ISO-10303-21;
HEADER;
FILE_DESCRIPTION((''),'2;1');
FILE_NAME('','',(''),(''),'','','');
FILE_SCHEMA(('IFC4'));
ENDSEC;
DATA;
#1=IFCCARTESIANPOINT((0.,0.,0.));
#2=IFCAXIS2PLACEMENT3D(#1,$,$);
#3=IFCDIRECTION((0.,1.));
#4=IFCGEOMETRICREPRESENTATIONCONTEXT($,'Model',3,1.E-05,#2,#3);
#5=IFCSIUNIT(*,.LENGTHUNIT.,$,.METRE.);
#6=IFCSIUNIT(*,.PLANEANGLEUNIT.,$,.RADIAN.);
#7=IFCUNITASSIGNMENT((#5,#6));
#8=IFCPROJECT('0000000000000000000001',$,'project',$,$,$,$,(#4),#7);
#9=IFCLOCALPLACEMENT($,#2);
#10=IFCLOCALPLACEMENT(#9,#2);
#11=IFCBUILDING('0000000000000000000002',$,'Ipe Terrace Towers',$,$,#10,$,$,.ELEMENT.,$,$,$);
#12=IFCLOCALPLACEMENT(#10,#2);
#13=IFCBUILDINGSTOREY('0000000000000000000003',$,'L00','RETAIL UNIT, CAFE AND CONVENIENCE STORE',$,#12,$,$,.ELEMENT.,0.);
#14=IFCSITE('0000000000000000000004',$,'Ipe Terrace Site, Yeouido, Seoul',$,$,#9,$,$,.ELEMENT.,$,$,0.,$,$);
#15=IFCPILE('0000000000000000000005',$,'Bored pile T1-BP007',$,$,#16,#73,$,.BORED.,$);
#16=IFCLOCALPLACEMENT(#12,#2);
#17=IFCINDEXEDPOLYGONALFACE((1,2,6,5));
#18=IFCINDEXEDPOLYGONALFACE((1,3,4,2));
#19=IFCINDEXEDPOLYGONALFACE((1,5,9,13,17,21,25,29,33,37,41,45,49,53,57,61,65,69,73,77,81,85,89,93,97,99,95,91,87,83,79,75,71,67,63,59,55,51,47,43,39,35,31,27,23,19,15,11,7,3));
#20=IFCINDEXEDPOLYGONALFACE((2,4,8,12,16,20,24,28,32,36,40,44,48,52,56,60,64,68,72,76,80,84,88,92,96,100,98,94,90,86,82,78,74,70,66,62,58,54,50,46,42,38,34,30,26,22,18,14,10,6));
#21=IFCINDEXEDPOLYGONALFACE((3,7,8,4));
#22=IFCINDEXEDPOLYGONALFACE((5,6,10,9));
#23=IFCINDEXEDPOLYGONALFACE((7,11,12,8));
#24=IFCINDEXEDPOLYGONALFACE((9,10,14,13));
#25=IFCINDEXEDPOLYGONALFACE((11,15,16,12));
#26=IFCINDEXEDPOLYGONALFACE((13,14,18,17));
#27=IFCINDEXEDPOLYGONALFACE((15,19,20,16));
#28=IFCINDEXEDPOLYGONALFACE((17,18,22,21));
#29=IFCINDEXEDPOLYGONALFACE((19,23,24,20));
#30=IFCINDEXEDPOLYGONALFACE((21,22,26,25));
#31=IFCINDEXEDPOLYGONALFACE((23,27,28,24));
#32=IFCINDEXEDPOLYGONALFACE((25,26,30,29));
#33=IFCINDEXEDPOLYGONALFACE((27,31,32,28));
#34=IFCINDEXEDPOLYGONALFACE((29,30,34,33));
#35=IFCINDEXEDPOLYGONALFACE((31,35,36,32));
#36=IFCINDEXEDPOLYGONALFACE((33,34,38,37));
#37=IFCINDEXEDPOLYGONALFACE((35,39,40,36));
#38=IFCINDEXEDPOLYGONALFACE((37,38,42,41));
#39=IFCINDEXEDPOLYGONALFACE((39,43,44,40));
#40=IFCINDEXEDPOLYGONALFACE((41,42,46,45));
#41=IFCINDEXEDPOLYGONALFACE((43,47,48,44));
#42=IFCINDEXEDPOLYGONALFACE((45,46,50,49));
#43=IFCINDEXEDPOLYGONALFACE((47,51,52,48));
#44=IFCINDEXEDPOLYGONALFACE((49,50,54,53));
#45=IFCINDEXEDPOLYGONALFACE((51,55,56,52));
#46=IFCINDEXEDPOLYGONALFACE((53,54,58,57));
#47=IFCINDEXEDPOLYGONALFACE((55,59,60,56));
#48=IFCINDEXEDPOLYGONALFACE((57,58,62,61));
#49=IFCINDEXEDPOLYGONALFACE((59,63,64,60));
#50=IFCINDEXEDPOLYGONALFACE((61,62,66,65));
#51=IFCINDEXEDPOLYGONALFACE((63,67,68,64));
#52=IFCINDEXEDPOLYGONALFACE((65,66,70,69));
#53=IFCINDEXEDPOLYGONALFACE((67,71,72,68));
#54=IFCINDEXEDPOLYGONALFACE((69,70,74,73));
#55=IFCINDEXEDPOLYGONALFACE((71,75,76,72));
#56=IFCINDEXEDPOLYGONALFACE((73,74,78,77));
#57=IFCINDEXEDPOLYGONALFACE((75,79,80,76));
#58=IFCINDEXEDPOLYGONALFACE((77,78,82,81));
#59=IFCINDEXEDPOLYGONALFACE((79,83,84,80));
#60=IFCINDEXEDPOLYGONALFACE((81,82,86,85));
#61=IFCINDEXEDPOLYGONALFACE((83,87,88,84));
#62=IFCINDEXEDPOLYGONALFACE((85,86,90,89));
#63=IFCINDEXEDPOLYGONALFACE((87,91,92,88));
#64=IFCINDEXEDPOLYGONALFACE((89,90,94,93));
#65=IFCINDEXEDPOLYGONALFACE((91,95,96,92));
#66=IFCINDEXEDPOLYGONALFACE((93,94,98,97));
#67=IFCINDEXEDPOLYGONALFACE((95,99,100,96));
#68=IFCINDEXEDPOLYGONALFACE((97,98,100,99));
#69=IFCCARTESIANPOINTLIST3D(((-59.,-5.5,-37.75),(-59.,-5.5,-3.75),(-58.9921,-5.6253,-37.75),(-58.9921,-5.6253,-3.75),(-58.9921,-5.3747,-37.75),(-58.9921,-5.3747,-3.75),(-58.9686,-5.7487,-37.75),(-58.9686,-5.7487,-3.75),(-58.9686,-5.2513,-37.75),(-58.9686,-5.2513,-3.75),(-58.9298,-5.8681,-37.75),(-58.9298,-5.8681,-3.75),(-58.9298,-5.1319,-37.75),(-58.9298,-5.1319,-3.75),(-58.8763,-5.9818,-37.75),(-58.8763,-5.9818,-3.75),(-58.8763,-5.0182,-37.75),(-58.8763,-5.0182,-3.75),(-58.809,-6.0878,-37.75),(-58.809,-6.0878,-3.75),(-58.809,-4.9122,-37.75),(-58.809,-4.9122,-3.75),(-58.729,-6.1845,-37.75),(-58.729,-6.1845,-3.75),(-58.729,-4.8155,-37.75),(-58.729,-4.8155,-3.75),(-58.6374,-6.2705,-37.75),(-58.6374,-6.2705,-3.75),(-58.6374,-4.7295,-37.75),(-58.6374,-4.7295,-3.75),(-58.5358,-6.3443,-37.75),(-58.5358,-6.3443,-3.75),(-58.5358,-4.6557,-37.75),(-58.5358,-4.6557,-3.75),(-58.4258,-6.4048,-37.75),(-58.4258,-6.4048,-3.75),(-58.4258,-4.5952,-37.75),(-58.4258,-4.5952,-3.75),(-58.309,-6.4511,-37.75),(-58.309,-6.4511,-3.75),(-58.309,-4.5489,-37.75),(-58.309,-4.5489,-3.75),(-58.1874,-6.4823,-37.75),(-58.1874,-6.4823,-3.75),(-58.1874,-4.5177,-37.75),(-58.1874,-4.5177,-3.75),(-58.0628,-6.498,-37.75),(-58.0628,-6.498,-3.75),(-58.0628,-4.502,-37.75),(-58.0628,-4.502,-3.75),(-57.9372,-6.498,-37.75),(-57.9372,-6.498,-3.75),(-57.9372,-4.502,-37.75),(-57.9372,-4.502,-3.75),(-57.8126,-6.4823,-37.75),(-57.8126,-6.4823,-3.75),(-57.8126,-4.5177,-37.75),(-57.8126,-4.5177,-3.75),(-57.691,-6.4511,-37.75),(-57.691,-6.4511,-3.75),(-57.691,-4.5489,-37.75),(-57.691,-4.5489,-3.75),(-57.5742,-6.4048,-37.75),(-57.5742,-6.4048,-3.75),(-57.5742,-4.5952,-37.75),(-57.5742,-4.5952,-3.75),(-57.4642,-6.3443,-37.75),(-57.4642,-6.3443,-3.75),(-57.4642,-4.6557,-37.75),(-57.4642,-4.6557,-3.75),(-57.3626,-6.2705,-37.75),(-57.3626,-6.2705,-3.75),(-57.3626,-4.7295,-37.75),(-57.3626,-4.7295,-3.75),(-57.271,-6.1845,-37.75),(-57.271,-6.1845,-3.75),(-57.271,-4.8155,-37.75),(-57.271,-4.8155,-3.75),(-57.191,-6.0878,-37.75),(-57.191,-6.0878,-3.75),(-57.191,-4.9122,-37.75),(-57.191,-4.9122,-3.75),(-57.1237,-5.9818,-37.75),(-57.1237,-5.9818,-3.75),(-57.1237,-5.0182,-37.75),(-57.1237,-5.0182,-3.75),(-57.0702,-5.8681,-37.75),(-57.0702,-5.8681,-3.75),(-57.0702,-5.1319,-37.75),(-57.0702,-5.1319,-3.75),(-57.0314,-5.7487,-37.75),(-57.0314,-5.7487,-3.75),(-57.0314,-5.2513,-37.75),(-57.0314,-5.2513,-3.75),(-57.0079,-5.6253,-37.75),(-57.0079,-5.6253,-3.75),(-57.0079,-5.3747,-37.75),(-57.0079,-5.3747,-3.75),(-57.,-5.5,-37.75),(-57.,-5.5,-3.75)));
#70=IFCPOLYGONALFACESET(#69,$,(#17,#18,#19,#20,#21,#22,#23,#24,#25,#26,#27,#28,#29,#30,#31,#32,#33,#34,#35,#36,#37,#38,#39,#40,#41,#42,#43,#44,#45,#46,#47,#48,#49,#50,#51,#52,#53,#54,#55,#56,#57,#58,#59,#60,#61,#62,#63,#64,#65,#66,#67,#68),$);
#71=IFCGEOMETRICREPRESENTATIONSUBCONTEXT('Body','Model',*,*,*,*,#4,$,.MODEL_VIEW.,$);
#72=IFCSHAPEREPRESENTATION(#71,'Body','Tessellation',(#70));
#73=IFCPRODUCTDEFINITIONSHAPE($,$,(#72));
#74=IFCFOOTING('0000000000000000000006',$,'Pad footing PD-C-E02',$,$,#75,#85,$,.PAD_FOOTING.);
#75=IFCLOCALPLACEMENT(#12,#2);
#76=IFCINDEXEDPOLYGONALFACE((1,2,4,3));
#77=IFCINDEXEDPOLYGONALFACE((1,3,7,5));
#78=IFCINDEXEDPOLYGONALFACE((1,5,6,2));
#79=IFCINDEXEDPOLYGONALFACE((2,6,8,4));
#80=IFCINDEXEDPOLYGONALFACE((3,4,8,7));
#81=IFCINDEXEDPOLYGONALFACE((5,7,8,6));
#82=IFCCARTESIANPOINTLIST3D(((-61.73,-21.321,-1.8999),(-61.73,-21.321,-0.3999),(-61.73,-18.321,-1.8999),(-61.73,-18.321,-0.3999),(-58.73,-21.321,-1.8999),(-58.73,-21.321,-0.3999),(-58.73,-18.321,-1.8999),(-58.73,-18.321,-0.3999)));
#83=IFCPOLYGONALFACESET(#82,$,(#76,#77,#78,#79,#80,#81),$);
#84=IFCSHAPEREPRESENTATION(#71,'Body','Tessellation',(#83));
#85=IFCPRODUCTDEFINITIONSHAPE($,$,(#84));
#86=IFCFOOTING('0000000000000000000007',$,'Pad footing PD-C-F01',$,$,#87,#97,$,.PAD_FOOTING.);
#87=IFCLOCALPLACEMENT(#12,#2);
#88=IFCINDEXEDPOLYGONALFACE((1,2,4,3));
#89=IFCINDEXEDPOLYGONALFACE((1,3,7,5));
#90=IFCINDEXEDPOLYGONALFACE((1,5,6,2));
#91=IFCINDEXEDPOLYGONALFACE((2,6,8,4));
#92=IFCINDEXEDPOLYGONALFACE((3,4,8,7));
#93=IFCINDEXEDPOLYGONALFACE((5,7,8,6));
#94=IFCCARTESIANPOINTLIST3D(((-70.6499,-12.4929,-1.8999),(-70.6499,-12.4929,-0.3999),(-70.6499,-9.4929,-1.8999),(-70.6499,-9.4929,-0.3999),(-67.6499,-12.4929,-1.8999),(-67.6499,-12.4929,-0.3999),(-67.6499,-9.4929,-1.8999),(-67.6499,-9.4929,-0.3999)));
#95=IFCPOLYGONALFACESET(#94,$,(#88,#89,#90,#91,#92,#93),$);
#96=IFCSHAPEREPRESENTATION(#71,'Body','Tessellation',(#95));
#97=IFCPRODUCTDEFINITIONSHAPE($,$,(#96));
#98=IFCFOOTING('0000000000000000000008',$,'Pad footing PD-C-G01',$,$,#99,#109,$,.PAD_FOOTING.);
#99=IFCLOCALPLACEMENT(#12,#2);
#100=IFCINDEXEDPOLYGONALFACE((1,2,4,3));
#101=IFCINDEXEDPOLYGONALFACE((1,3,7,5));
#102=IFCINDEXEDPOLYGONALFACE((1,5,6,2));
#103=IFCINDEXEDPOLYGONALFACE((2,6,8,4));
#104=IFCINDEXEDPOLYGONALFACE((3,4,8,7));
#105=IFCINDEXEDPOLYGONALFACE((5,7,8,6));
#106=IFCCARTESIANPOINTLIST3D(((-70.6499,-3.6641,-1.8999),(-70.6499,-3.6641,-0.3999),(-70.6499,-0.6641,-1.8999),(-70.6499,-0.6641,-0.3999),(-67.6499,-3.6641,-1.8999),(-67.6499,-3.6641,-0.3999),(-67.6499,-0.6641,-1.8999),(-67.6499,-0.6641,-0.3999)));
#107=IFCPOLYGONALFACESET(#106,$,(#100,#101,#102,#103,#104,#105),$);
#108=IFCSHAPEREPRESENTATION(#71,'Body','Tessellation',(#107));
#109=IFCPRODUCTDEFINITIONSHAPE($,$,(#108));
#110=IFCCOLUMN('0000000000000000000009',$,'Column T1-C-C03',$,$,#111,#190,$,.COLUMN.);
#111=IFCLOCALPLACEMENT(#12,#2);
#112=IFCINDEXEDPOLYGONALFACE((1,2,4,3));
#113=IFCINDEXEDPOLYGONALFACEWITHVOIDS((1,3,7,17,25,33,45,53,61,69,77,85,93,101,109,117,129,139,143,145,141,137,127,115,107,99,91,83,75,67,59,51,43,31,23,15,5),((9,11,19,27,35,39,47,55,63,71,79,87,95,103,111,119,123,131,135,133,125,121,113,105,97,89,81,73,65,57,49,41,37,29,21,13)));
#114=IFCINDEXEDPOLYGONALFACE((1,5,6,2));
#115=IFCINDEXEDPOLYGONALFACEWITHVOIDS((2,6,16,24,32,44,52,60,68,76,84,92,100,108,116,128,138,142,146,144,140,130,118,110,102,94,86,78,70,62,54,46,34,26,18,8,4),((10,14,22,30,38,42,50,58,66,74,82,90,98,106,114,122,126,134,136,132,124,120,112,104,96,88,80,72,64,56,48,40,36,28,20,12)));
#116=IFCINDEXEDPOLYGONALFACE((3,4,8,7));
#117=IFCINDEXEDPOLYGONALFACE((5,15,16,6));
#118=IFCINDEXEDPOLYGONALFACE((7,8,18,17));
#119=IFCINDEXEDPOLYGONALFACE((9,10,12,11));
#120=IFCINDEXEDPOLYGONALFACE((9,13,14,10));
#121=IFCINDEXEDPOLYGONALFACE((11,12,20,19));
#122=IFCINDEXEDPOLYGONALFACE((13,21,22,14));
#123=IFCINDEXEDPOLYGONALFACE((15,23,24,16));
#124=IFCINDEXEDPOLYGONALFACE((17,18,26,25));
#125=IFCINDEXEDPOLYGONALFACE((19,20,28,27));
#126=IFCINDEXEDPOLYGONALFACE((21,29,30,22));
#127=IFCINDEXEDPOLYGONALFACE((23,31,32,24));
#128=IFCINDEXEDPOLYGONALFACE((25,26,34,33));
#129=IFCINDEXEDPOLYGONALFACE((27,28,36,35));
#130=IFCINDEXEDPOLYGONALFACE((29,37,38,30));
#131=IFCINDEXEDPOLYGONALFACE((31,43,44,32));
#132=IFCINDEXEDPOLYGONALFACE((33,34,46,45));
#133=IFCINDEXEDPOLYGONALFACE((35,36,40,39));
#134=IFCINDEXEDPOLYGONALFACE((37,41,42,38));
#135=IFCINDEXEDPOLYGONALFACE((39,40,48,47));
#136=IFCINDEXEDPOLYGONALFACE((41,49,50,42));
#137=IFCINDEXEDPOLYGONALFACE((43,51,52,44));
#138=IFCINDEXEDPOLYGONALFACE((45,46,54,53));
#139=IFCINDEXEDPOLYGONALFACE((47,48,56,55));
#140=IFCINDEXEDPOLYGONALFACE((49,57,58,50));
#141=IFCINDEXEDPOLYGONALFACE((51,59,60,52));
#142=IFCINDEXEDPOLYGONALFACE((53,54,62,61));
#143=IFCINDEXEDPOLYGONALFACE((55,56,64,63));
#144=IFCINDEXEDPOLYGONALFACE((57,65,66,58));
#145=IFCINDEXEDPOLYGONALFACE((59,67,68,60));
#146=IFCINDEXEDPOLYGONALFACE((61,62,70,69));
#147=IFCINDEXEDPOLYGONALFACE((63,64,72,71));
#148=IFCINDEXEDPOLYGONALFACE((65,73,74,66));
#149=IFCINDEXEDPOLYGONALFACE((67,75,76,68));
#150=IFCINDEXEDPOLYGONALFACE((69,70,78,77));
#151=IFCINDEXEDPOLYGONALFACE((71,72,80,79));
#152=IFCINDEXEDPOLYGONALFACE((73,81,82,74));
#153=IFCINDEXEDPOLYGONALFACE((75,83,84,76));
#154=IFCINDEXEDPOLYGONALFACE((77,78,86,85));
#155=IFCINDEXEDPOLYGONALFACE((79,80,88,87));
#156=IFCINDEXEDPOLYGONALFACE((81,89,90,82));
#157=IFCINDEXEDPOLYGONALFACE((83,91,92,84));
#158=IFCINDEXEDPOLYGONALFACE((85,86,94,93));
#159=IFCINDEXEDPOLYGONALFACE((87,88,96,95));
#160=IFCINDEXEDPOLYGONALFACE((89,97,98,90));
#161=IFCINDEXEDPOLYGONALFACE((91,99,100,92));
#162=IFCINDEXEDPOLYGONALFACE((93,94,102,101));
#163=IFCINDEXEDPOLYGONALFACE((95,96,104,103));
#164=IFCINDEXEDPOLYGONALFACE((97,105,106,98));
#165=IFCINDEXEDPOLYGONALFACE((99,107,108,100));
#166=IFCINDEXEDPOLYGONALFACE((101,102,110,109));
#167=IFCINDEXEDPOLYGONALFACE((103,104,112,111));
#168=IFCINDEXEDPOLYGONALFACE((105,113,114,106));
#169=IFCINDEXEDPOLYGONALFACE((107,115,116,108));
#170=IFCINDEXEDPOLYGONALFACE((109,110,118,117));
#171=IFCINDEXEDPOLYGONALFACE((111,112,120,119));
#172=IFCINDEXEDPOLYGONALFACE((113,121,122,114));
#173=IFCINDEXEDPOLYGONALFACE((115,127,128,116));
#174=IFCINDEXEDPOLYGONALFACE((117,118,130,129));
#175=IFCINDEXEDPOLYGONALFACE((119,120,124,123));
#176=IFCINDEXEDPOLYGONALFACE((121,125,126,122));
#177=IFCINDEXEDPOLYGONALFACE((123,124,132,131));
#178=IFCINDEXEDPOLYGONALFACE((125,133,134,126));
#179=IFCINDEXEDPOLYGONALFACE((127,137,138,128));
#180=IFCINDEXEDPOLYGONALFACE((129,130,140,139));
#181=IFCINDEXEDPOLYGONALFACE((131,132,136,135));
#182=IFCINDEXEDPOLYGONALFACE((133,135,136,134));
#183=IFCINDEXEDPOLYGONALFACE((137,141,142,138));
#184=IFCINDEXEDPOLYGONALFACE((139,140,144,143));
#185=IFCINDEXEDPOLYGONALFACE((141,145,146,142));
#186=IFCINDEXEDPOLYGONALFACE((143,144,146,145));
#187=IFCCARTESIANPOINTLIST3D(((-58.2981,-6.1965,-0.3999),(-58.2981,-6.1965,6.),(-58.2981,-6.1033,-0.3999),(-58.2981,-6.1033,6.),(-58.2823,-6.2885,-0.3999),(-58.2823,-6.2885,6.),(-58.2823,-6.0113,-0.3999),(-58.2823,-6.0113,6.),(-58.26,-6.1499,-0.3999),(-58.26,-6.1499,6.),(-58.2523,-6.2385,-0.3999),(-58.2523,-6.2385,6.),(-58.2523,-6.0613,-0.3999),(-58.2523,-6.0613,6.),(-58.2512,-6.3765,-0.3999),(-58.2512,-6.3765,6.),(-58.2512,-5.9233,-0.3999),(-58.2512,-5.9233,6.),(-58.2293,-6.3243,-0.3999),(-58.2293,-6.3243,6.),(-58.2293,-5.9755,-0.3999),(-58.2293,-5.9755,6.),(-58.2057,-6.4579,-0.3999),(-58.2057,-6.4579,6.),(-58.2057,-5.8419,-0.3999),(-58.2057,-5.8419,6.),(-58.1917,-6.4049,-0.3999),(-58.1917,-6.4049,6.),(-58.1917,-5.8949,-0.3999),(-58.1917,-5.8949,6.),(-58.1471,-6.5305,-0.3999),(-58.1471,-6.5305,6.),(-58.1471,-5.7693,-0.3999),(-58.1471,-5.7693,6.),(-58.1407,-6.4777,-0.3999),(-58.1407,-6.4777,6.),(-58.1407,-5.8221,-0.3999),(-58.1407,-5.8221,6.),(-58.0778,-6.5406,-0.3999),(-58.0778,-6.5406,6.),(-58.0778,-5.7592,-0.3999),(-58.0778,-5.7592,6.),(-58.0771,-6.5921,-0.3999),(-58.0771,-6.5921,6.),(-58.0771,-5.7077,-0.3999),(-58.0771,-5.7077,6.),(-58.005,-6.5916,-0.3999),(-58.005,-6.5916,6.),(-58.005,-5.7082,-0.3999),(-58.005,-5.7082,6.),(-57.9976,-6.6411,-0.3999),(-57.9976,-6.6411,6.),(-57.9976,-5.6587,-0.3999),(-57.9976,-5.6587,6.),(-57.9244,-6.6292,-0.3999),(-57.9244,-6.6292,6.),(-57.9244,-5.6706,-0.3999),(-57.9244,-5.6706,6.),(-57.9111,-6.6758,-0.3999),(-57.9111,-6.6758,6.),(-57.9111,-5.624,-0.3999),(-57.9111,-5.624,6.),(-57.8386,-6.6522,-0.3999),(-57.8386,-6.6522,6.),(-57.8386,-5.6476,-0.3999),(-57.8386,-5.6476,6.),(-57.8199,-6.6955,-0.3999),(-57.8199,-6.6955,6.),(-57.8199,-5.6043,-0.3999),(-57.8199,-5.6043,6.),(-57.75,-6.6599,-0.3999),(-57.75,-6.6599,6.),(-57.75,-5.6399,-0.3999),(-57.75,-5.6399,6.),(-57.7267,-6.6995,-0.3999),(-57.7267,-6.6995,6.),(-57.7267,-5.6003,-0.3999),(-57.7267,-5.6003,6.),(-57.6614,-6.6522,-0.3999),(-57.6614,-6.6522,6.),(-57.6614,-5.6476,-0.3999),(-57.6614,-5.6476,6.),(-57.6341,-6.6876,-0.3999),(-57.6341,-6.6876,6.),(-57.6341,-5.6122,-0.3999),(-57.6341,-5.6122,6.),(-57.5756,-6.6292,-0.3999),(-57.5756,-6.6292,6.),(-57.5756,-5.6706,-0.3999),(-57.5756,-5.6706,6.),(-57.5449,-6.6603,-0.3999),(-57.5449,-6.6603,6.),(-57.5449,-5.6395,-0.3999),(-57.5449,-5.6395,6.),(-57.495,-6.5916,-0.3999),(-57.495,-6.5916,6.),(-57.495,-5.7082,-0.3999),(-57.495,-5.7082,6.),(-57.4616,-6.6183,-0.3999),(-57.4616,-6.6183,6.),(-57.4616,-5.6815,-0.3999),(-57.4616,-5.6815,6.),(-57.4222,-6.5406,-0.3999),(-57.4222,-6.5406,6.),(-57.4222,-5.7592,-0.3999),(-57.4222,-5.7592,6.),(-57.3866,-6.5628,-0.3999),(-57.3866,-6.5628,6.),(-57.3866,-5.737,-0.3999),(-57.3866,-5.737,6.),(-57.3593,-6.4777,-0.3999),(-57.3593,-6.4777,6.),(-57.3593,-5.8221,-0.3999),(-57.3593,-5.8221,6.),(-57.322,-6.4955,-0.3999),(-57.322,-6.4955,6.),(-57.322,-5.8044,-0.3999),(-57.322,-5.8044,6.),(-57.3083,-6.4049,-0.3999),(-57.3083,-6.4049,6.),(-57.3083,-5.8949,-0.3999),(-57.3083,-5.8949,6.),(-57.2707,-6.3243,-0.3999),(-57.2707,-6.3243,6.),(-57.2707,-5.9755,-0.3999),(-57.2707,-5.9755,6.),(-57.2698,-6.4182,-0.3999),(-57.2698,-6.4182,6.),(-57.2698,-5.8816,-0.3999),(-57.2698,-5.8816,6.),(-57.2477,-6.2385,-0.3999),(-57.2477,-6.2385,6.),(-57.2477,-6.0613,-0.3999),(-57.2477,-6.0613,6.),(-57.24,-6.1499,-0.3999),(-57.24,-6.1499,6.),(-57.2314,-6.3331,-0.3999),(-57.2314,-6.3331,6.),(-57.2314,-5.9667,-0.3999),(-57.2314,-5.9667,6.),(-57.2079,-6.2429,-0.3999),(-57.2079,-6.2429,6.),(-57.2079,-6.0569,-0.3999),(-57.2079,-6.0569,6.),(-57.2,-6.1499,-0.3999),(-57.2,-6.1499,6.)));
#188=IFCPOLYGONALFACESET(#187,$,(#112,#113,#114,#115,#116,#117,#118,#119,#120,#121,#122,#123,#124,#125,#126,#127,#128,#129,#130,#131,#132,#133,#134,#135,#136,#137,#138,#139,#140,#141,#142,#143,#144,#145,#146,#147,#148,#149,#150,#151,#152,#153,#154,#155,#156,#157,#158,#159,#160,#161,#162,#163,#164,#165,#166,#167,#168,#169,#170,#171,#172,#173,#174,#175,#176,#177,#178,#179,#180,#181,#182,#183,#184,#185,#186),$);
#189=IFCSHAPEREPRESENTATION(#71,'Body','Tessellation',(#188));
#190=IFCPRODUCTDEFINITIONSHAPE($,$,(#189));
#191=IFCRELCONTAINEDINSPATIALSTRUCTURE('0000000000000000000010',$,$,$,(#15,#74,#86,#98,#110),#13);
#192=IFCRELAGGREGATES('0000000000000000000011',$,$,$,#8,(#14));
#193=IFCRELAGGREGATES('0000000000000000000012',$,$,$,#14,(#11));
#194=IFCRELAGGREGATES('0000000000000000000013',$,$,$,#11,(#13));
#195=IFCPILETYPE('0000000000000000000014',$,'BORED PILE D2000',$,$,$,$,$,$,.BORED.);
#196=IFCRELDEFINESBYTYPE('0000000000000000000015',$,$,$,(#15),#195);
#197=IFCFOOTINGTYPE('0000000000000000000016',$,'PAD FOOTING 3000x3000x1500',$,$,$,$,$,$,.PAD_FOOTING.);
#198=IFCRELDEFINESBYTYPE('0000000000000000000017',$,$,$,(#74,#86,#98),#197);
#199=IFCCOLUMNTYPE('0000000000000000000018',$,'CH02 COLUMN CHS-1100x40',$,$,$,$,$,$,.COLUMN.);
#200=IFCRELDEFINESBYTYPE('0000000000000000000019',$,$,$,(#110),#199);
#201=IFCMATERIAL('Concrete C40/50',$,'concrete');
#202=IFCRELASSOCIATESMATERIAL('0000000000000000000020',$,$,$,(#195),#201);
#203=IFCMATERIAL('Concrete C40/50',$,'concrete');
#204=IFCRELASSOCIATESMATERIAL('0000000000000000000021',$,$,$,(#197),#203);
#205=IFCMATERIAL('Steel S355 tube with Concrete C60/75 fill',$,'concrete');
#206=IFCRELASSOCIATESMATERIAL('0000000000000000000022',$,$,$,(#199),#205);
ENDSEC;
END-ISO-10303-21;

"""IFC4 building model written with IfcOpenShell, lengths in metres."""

from ifc_helpers import new_model, si_unit, direction, frame, origin, origin_2d, place, context, subcontext, project, spatial, rectangle, circle, hollow_circle, extrude, material, material_profile, profile_set, type_object, element, save


model = new_model("IFC4")

# Units and contexts
model_context = context("Model", 3, precision=1e-05, world=origin(), true_north=direction((0.0, 1.0)))
body_context = subcontext(model_context, "Body", "Model", "MODEL_VIEW")
ifc_project = project(units=[si_unit("LENGTHUNIT", "METRE"), si_unit("PLANEANGLEUNIT", "RADIAN")], contexts=[model_context])

# Site, building, storey
site_placement = place(None, origin())
site = spatial("IfcSite", under=ifc_project, at=site_placement, Name="Ipe Terrace Site, Yeouido, Seoul", CompositionType="ELEMENT", RefElevation=0.0)
building_placement = place(site_placement, origin())
building = spatial("IfcBuilding", under=site, at=building_placement, Name="Ipe Terrace Towers", CompositionType="ELEMENT")
storey_placement = place(building_placement, origin())
storey = spatial("IfcBuildingStorey", under=building, at=storey_placement, Name="L00", Description="RETAIL UNIT, CAFE AND CONVENIENCE STORE", CompositionType="ELEMENT", Elevation=0.0)

# Pile
ifc_material_1 = material(Name="Concrete C40/50", Category="concrete")
ifc_material_profile_1 = material_profile(ifc_material_1, circle(Radius=1.0, at=origin_2d()), Name="BORED PILE D2000")
ifc_profile_set_1 = profile_set([ifc_material_profile_1], Name="Concrete C40/50")
pile_type = type_object("IfcPileType", Name="BORED PILE D2000", PredefinedType="BORED", material=ifc_profile_set_1)
pile_placement = place(storey_placement, frame((-58.0, -5.5, -3.75), z_axis=(0.0, 0.0, -1.0), x_axis=(1.0, 0.0, 0.0)))
element("IfcPile", 1, at=pile_placement, inside=storey, type_object=pile_type, Name="Bored pile T1-BP007", PredefinedType="BORED", context=body_context, shape_type="SweptSolid", body=[
    extrude(circle(Radius=1.0, at=origin_2d()), origin(), (0.0, 0.0, 1.0), 34.0),
])

# Footings
ifc_material_2 = material(Name="Concrete C40/50", Category="concrete")
footing_type = type_object("IfcFootingType", Name="PAD FOOTING 3000x3000x1500", PredefinedType="PAD_FOOTING", material=ifc_material_2)
for number, where, z_axis, x_axis, name in (
    (2, (-60.23, -19.821, -1.8999), (0.0, 0.0, 1.0), (1.0, 0.0, 0.0), "Pad footing PD-C-E02"),
    (3, (-69.1499, -10.9929, -1.8999), (0.0, 0.0, 1.0), (1.0, 0.0, 0.0), "Pad footing PD-C-F01"),
    (4, (-69.1499, -2.1641, -1.8999), (0.0, 0.0, 1.0), (1.0, 0.0, 0.0), "Pad footing PD-C-G01"),
):
    element("IfcFooting", number, at=place(storey_placement, frame(where, z_axis=z_axis, x_axis=x_axis)), inside=storey, type_object=footing_type, Name=name, PredefinedType="PAD_FOOTING", context=body_context, shape_type="SweptSolid", body=[
        extrude(rectangle(XDim=3.0, YDim=3.0, at=origin_2d()), origin(), (0.0, 0.0, 1.0), 1.5),
    ])

# Column
ifc_material_3 = material(Name="Steel S355 tube with Concrete C60/75 fill", Category="concrete")
ifc_material_profile_2 = material_profile(ifc_material_3, hollow_circle(Radius=0.55, WallThickness=0.04, at=origin_2d()), Name="CHS-1100x40")
ifc_profile_set_2 = profile_set([ifc_material_profile_2], Name="Steel S355 tube with Concrete C60/75 fill")
column_type_1 = type_object("IfcColumnType", Name="CH02 COLUMN CHS-1100x40", PredefinedType="COLUMN", material=ifc_profile_set_2)
column_placement = place(storey_placement, frame((-57.75, -6.1499, -0.3999), z_axis=(0.0, 0.0, 1.0), x_axis=(1.0, 0.0, 0.0)))
element("IfcColumn", 5, at=column_placement, inside=storey, type_object=column_type_1, Name="Column T1-C-C03", PredefinedType="COLUMN", context=body_context, shape_type="SweptSolid", body=[
    extrude(hollow_circle(Radius=0.55, WallThickness=0.04, at=origin_2d()), origin(), (0.0, 0.0, 1.0), 6.3999),
])

save(model, "model.ifc")
